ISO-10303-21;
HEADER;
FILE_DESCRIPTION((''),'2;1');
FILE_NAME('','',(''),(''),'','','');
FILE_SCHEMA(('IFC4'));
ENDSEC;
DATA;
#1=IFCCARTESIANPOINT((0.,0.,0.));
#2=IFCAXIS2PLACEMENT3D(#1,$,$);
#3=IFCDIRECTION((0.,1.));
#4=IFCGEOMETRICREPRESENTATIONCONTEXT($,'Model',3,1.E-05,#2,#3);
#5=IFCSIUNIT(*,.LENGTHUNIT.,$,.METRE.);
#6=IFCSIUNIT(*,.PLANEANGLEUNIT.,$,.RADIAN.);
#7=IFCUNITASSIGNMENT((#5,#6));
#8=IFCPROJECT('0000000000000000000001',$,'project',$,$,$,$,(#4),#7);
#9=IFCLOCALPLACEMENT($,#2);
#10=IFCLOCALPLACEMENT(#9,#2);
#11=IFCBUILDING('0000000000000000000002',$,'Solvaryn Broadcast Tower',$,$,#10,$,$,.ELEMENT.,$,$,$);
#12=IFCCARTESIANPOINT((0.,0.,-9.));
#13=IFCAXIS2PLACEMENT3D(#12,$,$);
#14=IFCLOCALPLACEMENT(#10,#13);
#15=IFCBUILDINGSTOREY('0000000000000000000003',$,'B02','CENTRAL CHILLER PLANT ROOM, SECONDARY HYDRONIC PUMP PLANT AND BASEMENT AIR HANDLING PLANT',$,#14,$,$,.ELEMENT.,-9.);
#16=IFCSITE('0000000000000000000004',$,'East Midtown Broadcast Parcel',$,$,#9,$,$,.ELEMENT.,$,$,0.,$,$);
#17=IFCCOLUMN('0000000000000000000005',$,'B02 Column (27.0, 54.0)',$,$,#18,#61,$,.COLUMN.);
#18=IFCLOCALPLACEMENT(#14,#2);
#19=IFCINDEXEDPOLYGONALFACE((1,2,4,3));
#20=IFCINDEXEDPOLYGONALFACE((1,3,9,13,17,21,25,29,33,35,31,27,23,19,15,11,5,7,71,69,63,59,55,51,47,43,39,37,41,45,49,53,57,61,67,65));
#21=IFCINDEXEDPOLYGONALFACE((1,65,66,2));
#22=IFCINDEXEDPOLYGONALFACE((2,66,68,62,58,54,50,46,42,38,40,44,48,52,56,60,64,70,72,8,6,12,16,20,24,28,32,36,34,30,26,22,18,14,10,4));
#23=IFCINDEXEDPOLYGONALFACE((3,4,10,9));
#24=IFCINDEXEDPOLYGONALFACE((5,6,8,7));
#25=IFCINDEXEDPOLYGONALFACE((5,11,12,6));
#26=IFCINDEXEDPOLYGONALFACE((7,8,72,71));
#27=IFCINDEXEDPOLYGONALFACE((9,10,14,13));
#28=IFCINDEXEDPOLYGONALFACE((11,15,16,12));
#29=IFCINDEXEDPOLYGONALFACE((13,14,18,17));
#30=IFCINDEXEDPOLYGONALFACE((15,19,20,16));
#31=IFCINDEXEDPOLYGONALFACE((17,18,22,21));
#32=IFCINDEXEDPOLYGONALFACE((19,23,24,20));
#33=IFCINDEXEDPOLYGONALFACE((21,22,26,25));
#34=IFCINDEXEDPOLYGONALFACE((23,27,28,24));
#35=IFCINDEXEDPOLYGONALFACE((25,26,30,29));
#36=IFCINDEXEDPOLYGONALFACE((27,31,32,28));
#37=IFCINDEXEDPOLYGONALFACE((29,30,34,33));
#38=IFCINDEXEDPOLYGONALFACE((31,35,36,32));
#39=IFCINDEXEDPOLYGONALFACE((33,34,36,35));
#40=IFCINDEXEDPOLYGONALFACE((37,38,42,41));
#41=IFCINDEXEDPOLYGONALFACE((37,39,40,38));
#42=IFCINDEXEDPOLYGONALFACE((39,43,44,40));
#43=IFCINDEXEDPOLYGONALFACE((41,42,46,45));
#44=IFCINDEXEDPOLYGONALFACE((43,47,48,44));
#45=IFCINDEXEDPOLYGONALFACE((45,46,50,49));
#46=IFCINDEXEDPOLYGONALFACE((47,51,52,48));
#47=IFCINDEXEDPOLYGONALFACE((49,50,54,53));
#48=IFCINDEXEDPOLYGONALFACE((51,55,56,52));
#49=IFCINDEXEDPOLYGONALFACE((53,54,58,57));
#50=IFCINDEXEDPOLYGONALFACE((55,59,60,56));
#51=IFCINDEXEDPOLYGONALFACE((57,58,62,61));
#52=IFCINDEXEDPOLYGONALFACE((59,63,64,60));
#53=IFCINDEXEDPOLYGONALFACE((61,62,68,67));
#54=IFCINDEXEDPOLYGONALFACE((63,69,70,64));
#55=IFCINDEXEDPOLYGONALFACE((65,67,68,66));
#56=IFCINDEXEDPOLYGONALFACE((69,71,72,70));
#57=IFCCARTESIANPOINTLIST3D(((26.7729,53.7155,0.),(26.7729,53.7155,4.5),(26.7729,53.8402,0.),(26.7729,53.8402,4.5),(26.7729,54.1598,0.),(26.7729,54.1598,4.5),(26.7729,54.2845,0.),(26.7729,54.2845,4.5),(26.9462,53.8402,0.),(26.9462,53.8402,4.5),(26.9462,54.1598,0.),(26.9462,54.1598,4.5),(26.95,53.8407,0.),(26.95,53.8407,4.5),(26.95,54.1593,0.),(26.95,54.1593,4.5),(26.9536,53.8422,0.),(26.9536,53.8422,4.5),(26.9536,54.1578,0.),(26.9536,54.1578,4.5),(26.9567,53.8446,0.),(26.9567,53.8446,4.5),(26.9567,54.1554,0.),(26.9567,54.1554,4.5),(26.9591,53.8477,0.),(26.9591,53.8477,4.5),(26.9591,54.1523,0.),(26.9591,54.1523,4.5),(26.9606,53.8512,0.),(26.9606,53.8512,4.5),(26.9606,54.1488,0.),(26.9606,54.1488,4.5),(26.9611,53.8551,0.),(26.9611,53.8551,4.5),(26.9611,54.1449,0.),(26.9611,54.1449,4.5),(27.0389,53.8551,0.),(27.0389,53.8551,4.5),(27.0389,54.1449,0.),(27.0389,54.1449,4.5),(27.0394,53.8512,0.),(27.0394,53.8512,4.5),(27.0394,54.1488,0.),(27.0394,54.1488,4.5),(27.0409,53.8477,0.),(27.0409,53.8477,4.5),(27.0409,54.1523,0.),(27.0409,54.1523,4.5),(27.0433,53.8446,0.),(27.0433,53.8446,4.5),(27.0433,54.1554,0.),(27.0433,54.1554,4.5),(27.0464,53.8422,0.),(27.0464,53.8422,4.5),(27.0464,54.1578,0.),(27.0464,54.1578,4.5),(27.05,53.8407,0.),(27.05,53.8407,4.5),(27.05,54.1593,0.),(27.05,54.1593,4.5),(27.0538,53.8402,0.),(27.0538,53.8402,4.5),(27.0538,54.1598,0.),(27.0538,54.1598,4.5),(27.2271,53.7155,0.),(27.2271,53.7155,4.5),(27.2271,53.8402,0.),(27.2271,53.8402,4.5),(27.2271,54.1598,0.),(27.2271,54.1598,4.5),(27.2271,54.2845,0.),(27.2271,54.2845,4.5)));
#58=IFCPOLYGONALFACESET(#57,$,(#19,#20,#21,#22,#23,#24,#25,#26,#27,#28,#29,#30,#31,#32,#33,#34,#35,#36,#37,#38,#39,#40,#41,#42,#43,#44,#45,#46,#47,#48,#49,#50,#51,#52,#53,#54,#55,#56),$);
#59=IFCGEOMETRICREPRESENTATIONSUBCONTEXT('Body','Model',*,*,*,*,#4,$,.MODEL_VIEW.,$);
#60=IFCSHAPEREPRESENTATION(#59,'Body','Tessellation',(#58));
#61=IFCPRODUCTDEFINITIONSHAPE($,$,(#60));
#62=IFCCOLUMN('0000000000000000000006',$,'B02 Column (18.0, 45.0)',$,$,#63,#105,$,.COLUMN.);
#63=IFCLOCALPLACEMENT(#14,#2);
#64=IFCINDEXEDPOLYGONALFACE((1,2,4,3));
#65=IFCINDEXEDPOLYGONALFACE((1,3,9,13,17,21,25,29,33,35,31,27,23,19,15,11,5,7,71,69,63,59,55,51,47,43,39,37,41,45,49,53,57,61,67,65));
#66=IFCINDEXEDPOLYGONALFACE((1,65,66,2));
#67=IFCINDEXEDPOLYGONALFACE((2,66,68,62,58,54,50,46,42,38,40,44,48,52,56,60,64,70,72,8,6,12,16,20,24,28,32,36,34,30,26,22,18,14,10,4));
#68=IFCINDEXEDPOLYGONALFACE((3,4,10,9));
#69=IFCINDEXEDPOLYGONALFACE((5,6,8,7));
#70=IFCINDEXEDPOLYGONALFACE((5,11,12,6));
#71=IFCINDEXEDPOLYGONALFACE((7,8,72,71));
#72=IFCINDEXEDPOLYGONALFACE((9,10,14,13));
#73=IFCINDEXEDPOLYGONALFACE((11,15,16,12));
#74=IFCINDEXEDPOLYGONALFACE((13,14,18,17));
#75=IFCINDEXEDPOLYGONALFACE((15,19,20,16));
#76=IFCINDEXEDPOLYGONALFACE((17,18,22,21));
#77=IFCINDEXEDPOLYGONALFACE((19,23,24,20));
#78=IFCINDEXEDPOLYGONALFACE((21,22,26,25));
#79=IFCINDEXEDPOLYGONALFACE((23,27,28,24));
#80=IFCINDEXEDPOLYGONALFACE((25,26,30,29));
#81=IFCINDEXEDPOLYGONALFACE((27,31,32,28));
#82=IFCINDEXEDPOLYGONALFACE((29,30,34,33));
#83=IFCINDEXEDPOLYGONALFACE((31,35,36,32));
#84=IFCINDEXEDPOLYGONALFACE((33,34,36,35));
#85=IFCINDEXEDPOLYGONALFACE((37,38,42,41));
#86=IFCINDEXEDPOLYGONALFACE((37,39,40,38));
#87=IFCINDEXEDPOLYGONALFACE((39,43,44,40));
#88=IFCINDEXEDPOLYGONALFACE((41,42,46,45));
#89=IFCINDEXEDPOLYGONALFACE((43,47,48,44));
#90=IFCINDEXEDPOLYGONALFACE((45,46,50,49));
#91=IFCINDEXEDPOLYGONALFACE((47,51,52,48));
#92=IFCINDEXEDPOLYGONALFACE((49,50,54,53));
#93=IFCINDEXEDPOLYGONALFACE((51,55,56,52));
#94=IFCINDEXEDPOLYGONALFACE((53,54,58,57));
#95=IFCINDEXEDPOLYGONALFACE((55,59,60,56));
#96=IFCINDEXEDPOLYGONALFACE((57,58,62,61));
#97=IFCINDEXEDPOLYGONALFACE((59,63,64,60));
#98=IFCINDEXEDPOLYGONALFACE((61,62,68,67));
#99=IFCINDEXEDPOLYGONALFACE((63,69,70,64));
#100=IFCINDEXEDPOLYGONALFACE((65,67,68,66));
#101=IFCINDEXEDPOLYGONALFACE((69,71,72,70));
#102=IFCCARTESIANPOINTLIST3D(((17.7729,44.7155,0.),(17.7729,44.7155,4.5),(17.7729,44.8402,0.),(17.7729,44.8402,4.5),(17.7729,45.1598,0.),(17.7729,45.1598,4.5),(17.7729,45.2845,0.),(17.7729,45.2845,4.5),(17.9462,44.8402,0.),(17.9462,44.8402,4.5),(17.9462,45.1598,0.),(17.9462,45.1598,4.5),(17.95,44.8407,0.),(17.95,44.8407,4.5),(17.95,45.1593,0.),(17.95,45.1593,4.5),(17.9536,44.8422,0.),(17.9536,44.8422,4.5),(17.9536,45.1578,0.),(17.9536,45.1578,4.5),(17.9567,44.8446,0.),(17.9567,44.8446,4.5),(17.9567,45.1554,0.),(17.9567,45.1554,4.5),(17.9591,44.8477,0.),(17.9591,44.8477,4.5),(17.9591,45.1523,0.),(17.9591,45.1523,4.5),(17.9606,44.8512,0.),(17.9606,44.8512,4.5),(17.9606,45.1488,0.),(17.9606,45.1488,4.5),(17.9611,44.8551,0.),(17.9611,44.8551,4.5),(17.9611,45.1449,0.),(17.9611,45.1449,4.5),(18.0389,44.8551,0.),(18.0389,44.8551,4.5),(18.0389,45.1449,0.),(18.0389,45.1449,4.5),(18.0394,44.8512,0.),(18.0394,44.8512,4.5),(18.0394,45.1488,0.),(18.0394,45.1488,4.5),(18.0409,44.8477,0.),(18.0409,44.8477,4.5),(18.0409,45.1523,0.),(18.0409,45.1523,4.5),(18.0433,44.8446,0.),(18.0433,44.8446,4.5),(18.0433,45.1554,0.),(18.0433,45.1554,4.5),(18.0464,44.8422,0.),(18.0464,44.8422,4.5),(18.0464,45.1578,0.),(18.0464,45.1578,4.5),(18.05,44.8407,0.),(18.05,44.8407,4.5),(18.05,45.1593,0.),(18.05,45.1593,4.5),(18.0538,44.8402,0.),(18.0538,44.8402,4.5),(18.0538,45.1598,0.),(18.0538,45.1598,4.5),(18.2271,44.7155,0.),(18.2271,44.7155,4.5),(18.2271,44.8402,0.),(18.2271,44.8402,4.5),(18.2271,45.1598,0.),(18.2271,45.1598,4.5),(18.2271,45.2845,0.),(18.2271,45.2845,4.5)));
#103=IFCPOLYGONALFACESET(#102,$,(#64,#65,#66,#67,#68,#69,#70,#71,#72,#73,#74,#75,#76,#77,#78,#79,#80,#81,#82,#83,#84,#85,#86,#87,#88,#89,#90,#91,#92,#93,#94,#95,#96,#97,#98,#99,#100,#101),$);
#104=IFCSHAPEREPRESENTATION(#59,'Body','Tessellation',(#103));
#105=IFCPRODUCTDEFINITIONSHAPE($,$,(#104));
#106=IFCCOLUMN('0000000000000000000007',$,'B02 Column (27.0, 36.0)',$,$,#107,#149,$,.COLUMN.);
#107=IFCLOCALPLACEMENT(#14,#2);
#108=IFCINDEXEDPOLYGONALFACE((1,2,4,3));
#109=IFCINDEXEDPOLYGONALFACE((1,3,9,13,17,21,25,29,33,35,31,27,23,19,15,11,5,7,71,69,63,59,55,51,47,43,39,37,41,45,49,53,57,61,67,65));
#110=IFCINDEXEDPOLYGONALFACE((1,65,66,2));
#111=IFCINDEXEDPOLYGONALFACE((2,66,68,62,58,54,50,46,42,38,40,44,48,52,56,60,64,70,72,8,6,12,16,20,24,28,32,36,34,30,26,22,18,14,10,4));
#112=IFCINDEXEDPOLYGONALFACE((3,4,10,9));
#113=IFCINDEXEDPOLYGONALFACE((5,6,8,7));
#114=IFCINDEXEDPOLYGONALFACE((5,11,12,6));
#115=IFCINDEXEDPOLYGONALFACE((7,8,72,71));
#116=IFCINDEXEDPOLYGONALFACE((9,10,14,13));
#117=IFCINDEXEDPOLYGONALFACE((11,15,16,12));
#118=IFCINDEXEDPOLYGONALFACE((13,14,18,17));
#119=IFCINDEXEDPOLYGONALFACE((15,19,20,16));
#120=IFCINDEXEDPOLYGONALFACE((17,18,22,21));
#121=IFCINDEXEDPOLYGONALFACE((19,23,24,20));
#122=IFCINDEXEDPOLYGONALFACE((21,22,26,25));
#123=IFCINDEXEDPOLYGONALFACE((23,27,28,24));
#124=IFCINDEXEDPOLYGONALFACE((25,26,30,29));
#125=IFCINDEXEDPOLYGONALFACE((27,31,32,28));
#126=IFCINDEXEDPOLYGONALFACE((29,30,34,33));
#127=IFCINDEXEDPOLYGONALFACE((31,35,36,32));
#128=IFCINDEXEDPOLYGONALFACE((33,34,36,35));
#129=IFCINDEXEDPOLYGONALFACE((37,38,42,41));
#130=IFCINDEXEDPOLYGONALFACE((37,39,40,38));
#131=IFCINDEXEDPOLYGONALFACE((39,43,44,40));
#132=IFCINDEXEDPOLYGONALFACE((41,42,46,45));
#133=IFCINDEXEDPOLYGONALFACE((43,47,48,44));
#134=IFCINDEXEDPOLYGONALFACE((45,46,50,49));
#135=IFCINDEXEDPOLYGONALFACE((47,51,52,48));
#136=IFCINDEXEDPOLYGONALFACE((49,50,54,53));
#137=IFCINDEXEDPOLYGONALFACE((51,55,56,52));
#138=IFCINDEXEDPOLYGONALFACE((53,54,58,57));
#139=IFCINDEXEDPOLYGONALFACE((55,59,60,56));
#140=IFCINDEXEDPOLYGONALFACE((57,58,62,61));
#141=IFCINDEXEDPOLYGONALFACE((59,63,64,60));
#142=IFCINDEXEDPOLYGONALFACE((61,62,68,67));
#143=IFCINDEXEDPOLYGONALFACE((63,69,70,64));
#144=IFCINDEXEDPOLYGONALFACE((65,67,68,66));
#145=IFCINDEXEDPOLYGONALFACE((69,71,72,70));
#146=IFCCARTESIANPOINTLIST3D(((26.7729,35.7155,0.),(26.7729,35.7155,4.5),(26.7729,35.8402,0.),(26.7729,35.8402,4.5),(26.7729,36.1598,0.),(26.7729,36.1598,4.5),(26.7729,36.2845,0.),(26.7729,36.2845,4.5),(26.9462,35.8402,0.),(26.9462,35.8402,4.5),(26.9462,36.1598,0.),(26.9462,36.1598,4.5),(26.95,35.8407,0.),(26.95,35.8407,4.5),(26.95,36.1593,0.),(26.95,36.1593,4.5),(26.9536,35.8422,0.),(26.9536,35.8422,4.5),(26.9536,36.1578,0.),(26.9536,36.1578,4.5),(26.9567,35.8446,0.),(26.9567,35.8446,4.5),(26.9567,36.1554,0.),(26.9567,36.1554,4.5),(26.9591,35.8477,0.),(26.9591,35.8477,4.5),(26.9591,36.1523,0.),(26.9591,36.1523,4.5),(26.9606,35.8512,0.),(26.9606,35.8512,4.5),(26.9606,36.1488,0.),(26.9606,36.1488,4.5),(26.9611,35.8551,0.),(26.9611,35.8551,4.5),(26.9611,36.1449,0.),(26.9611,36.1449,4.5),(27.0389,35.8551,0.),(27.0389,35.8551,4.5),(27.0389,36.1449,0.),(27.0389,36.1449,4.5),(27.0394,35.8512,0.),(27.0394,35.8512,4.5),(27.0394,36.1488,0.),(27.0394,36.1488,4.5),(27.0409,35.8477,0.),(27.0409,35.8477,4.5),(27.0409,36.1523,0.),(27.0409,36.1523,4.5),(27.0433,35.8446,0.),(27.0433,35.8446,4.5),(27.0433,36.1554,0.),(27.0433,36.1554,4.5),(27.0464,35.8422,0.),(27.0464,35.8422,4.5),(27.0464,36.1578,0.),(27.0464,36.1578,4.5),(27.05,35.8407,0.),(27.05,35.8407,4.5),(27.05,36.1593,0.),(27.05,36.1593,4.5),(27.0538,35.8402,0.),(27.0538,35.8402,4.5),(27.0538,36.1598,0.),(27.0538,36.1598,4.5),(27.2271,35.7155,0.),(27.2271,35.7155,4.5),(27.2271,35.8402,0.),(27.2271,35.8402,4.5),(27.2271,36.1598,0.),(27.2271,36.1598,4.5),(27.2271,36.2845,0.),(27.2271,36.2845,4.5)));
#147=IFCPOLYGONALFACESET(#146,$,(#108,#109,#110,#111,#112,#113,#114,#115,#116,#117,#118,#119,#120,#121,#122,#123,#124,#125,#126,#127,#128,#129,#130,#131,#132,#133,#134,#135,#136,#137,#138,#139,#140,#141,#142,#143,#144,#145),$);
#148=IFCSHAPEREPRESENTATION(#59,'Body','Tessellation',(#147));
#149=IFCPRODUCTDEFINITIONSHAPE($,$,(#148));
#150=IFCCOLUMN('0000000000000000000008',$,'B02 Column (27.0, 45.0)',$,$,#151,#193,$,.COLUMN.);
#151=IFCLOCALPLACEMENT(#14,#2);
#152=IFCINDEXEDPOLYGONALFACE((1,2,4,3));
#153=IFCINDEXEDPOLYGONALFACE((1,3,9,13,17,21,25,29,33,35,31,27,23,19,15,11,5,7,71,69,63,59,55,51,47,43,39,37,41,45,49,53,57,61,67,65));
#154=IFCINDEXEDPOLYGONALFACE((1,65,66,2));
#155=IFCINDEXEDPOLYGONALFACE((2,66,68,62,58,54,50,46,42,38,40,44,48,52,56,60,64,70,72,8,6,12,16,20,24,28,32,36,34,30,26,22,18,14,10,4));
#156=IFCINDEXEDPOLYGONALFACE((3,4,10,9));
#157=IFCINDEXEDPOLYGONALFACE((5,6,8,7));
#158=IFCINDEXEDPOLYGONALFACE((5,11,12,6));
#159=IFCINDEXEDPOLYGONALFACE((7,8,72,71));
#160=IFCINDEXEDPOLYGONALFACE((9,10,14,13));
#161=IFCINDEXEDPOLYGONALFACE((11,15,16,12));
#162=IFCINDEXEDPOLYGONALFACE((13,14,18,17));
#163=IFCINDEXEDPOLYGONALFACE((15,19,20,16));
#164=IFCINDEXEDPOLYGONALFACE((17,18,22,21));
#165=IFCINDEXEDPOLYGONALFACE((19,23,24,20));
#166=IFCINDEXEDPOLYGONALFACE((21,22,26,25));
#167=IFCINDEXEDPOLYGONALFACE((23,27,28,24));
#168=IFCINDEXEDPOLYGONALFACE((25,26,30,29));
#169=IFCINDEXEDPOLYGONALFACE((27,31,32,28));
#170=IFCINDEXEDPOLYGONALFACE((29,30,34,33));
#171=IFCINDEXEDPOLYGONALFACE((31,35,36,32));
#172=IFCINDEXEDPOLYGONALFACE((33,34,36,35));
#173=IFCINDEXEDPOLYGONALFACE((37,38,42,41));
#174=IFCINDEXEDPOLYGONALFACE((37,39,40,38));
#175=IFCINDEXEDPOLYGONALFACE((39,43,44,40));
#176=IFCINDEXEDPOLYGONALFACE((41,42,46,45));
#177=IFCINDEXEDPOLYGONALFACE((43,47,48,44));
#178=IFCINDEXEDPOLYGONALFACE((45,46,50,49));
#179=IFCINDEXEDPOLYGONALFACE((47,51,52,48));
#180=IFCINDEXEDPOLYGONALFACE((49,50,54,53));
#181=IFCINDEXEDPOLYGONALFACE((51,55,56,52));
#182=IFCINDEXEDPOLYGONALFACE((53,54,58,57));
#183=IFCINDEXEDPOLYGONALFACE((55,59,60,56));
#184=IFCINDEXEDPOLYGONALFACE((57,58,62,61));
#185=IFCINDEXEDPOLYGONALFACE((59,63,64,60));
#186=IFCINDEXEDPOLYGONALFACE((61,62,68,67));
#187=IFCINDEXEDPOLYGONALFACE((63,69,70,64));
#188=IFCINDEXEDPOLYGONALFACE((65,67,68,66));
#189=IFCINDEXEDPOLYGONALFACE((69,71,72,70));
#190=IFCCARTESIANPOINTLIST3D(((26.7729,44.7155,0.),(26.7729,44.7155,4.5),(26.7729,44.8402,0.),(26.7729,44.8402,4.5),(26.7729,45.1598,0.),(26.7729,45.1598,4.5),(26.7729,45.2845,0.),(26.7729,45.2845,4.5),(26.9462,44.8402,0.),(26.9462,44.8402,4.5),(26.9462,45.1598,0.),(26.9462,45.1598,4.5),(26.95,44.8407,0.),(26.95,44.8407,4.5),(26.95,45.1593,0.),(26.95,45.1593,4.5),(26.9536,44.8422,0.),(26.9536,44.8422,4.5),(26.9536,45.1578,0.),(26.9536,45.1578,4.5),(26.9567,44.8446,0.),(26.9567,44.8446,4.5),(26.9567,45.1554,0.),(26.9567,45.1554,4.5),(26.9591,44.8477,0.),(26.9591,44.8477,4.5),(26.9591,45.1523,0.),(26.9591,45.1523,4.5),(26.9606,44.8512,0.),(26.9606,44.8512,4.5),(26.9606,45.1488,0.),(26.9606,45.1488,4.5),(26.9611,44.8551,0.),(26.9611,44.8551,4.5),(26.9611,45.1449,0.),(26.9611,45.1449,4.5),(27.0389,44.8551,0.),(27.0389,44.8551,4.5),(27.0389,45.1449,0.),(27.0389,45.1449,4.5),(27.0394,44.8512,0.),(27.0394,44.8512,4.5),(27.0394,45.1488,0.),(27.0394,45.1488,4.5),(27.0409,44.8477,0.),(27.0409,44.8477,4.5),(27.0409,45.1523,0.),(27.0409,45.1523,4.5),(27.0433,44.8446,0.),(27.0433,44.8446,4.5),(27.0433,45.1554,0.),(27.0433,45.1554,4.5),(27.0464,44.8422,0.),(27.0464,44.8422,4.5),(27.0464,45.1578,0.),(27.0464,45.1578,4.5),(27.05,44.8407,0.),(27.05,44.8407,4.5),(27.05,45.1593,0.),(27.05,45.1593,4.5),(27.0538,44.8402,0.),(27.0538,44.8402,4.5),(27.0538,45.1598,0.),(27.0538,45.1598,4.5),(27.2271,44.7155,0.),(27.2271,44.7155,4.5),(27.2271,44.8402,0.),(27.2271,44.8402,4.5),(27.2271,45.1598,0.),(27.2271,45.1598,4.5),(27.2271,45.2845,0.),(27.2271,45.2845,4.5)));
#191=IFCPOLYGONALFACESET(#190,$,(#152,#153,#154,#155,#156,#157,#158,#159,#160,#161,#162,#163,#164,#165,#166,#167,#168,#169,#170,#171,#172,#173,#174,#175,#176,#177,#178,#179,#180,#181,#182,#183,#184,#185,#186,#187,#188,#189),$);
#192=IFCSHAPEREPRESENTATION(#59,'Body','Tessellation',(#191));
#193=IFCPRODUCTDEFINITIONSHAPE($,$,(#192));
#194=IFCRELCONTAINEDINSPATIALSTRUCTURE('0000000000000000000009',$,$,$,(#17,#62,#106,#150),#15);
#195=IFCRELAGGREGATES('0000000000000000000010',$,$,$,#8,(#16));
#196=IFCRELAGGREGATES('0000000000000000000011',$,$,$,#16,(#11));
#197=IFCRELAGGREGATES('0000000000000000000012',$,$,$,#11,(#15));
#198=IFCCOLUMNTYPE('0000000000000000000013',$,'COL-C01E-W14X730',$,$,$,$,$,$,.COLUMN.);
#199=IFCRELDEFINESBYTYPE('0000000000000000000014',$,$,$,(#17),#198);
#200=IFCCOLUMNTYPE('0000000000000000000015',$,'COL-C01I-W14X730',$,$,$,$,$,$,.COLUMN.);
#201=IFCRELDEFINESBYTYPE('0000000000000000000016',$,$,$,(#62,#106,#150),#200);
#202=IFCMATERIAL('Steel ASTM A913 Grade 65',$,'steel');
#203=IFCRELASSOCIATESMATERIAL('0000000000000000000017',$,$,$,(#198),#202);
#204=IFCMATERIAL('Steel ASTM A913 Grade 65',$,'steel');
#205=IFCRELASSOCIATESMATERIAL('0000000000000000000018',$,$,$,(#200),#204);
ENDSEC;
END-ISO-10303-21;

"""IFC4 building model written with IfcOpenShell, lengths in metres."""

from ifc_helpers import new_model, si_unit, direction, frame, origin, origin_2d, place, context, subcontext, project, spatial, i_section, extrude, material, material_profile, profile_set, type_object, element, save


model = new_model("IFC4")

# Units and contexts
model_context = context("Model", 3, precision=1e-05, world=origin(), true_north=direction((0.0, 1.0)))
body_context = subcontext(model_context, "Body", "Model", "MODEL_VIEW")
ifc_project = project(units=[si_unit("LENGTHUNIT", "METRE"), si_unit("PLANEANGLEUNIT", "RADIAN")], contexts=[model_context])

# Site, building, storey
site_placement = place(None, origin())
site = spatial("IfcSite", under=ifc_project, at=site_placement, Name="East Midtown Broadcast Parcel", CompositionType="ELEMENT", RefElevation=0.0)
building_placement = place(site_placement, origin())
building = spatial("IfcBuilding", under=site, at=building_placement, Name="Solvaryn Broadcast Tower", CompositionType="ELEMENT")
storey_placement = place(building_placement, frame((0.0, 0.0, -9.0)))
storey = spatial("IfcBuildingStorey", under=building, at=storey_placement, Name="B02", Description="CENTRAL CHILLER PLANT ROOM, SECONDARY HYDRONIC PUMP PLANT AND BASEMENT AIR HANDLING PLANT", CompositionType="ELEMENT", Elevation=-9.0)

# Columns
ifc_material_1 = material(Name="Steel ASTM A913 Grade 65", Category="steel")
ifc_material_profile_1 = material_profile(ifc_material_1, i_section(OverallWidth=0.4541, OverallDepth=0.5691, WebThickness=0.0779, FlangeThickness=0.1248, FilletRadius=0.0149, at=origin_2d()))
ifc_profile_set_1 = profile_set([ifc_material_profile_1], Name="Steel ASTM A913 Grade 65")
column_type_1 = type_object("IfcColumnType", Name="COL-C01E-W14X730", PredefinedType="COLUMN", material=ifc_profile_set_1)
for number, where, z_axis, x_axis, name in (
    (1, (27.0, 54.0, 0.0), (0.0, 0.0, 1.0), (1.0, 0.0, 0.0), "B02 Column (27.0, 54.0)"),
):
    element("IfcColumn", number, at=place(storey_placement, frame(where, z_axis=z_axis, x_axis=x_axis)), inside=storey, type_object=column_type_1, Name=name, PredefinedType="COLUMN", context=body_context, shape_type="SweptSolid", body=[
        extrude(i_section(OverallWidth=0.4541, OverallDepth=0.5691, WebThickness=0.0779, FlangeThickness=0.1248, FilletRadius=0.0149, at=origin_2d()), origin(), (0.0, 0.0, 1.0), 4.5),
    ])
ifc_material_2 = material(Name="Steel ASTM A913 Grade 65", Category="steel")
ifc_material_profile_2 = material_profile(ifc_material_2, i_section(OverallWidth=0.4541, OverallDepth=0.5691, WebThickness=0.0779, FlangeThickness=0.1248, FilletRadius=0.0149, at=origin_2d()))
ifc_profile_set_2 = profile_set([ifc_material_profile_2], Name="Steel ASTM A913 Grade 65")
column_type_2 = type_object("IfcColumnType", Name="COL-C01I-W14X730", PredefinedType="COLUMN", material=ifc_profile_set_2)
for number, where, z_axis, x_axis, name in (
    (2, (18.0, 45.0, 0.0), (0.0, 0.0, 1.0), (1.0, 0.0, 0.0), "B02 Column (18.0, 45.0)"),
    (3, (27.0, 36.0, 0.0), (0.0, 0.0, 1.0), (1.0, 0.0, 0.0), "B02 Column (27.0, 36.0)"),
    (4, (27.0, 45.0, 0.0), (0.0, 0.0, 1.0), (1.0, 0.0, 0.0), "B02 Column (27.0, 45.0)"),
):
    element("IfcColumn", number, at=place(storey_placement, frame(where, z_axis=z_axis, x_axis=x_axis)), inside=storey, type_object=column_type_2, Name=name, PredefinedType="COLUMN", context=body_context, shape_type="SweptSolid", body=[
        extrude(i_section(OverallWidth=0.4541, OverallDepth=0.5691, WebThickness=0.0779, FlangeThickness=0.1248, FilletRadius=0.0149, at=origin_2d()), origin(), (0.0, 0.0, 1.0), 4.5),
    ])

save(model, "model.ifc")
